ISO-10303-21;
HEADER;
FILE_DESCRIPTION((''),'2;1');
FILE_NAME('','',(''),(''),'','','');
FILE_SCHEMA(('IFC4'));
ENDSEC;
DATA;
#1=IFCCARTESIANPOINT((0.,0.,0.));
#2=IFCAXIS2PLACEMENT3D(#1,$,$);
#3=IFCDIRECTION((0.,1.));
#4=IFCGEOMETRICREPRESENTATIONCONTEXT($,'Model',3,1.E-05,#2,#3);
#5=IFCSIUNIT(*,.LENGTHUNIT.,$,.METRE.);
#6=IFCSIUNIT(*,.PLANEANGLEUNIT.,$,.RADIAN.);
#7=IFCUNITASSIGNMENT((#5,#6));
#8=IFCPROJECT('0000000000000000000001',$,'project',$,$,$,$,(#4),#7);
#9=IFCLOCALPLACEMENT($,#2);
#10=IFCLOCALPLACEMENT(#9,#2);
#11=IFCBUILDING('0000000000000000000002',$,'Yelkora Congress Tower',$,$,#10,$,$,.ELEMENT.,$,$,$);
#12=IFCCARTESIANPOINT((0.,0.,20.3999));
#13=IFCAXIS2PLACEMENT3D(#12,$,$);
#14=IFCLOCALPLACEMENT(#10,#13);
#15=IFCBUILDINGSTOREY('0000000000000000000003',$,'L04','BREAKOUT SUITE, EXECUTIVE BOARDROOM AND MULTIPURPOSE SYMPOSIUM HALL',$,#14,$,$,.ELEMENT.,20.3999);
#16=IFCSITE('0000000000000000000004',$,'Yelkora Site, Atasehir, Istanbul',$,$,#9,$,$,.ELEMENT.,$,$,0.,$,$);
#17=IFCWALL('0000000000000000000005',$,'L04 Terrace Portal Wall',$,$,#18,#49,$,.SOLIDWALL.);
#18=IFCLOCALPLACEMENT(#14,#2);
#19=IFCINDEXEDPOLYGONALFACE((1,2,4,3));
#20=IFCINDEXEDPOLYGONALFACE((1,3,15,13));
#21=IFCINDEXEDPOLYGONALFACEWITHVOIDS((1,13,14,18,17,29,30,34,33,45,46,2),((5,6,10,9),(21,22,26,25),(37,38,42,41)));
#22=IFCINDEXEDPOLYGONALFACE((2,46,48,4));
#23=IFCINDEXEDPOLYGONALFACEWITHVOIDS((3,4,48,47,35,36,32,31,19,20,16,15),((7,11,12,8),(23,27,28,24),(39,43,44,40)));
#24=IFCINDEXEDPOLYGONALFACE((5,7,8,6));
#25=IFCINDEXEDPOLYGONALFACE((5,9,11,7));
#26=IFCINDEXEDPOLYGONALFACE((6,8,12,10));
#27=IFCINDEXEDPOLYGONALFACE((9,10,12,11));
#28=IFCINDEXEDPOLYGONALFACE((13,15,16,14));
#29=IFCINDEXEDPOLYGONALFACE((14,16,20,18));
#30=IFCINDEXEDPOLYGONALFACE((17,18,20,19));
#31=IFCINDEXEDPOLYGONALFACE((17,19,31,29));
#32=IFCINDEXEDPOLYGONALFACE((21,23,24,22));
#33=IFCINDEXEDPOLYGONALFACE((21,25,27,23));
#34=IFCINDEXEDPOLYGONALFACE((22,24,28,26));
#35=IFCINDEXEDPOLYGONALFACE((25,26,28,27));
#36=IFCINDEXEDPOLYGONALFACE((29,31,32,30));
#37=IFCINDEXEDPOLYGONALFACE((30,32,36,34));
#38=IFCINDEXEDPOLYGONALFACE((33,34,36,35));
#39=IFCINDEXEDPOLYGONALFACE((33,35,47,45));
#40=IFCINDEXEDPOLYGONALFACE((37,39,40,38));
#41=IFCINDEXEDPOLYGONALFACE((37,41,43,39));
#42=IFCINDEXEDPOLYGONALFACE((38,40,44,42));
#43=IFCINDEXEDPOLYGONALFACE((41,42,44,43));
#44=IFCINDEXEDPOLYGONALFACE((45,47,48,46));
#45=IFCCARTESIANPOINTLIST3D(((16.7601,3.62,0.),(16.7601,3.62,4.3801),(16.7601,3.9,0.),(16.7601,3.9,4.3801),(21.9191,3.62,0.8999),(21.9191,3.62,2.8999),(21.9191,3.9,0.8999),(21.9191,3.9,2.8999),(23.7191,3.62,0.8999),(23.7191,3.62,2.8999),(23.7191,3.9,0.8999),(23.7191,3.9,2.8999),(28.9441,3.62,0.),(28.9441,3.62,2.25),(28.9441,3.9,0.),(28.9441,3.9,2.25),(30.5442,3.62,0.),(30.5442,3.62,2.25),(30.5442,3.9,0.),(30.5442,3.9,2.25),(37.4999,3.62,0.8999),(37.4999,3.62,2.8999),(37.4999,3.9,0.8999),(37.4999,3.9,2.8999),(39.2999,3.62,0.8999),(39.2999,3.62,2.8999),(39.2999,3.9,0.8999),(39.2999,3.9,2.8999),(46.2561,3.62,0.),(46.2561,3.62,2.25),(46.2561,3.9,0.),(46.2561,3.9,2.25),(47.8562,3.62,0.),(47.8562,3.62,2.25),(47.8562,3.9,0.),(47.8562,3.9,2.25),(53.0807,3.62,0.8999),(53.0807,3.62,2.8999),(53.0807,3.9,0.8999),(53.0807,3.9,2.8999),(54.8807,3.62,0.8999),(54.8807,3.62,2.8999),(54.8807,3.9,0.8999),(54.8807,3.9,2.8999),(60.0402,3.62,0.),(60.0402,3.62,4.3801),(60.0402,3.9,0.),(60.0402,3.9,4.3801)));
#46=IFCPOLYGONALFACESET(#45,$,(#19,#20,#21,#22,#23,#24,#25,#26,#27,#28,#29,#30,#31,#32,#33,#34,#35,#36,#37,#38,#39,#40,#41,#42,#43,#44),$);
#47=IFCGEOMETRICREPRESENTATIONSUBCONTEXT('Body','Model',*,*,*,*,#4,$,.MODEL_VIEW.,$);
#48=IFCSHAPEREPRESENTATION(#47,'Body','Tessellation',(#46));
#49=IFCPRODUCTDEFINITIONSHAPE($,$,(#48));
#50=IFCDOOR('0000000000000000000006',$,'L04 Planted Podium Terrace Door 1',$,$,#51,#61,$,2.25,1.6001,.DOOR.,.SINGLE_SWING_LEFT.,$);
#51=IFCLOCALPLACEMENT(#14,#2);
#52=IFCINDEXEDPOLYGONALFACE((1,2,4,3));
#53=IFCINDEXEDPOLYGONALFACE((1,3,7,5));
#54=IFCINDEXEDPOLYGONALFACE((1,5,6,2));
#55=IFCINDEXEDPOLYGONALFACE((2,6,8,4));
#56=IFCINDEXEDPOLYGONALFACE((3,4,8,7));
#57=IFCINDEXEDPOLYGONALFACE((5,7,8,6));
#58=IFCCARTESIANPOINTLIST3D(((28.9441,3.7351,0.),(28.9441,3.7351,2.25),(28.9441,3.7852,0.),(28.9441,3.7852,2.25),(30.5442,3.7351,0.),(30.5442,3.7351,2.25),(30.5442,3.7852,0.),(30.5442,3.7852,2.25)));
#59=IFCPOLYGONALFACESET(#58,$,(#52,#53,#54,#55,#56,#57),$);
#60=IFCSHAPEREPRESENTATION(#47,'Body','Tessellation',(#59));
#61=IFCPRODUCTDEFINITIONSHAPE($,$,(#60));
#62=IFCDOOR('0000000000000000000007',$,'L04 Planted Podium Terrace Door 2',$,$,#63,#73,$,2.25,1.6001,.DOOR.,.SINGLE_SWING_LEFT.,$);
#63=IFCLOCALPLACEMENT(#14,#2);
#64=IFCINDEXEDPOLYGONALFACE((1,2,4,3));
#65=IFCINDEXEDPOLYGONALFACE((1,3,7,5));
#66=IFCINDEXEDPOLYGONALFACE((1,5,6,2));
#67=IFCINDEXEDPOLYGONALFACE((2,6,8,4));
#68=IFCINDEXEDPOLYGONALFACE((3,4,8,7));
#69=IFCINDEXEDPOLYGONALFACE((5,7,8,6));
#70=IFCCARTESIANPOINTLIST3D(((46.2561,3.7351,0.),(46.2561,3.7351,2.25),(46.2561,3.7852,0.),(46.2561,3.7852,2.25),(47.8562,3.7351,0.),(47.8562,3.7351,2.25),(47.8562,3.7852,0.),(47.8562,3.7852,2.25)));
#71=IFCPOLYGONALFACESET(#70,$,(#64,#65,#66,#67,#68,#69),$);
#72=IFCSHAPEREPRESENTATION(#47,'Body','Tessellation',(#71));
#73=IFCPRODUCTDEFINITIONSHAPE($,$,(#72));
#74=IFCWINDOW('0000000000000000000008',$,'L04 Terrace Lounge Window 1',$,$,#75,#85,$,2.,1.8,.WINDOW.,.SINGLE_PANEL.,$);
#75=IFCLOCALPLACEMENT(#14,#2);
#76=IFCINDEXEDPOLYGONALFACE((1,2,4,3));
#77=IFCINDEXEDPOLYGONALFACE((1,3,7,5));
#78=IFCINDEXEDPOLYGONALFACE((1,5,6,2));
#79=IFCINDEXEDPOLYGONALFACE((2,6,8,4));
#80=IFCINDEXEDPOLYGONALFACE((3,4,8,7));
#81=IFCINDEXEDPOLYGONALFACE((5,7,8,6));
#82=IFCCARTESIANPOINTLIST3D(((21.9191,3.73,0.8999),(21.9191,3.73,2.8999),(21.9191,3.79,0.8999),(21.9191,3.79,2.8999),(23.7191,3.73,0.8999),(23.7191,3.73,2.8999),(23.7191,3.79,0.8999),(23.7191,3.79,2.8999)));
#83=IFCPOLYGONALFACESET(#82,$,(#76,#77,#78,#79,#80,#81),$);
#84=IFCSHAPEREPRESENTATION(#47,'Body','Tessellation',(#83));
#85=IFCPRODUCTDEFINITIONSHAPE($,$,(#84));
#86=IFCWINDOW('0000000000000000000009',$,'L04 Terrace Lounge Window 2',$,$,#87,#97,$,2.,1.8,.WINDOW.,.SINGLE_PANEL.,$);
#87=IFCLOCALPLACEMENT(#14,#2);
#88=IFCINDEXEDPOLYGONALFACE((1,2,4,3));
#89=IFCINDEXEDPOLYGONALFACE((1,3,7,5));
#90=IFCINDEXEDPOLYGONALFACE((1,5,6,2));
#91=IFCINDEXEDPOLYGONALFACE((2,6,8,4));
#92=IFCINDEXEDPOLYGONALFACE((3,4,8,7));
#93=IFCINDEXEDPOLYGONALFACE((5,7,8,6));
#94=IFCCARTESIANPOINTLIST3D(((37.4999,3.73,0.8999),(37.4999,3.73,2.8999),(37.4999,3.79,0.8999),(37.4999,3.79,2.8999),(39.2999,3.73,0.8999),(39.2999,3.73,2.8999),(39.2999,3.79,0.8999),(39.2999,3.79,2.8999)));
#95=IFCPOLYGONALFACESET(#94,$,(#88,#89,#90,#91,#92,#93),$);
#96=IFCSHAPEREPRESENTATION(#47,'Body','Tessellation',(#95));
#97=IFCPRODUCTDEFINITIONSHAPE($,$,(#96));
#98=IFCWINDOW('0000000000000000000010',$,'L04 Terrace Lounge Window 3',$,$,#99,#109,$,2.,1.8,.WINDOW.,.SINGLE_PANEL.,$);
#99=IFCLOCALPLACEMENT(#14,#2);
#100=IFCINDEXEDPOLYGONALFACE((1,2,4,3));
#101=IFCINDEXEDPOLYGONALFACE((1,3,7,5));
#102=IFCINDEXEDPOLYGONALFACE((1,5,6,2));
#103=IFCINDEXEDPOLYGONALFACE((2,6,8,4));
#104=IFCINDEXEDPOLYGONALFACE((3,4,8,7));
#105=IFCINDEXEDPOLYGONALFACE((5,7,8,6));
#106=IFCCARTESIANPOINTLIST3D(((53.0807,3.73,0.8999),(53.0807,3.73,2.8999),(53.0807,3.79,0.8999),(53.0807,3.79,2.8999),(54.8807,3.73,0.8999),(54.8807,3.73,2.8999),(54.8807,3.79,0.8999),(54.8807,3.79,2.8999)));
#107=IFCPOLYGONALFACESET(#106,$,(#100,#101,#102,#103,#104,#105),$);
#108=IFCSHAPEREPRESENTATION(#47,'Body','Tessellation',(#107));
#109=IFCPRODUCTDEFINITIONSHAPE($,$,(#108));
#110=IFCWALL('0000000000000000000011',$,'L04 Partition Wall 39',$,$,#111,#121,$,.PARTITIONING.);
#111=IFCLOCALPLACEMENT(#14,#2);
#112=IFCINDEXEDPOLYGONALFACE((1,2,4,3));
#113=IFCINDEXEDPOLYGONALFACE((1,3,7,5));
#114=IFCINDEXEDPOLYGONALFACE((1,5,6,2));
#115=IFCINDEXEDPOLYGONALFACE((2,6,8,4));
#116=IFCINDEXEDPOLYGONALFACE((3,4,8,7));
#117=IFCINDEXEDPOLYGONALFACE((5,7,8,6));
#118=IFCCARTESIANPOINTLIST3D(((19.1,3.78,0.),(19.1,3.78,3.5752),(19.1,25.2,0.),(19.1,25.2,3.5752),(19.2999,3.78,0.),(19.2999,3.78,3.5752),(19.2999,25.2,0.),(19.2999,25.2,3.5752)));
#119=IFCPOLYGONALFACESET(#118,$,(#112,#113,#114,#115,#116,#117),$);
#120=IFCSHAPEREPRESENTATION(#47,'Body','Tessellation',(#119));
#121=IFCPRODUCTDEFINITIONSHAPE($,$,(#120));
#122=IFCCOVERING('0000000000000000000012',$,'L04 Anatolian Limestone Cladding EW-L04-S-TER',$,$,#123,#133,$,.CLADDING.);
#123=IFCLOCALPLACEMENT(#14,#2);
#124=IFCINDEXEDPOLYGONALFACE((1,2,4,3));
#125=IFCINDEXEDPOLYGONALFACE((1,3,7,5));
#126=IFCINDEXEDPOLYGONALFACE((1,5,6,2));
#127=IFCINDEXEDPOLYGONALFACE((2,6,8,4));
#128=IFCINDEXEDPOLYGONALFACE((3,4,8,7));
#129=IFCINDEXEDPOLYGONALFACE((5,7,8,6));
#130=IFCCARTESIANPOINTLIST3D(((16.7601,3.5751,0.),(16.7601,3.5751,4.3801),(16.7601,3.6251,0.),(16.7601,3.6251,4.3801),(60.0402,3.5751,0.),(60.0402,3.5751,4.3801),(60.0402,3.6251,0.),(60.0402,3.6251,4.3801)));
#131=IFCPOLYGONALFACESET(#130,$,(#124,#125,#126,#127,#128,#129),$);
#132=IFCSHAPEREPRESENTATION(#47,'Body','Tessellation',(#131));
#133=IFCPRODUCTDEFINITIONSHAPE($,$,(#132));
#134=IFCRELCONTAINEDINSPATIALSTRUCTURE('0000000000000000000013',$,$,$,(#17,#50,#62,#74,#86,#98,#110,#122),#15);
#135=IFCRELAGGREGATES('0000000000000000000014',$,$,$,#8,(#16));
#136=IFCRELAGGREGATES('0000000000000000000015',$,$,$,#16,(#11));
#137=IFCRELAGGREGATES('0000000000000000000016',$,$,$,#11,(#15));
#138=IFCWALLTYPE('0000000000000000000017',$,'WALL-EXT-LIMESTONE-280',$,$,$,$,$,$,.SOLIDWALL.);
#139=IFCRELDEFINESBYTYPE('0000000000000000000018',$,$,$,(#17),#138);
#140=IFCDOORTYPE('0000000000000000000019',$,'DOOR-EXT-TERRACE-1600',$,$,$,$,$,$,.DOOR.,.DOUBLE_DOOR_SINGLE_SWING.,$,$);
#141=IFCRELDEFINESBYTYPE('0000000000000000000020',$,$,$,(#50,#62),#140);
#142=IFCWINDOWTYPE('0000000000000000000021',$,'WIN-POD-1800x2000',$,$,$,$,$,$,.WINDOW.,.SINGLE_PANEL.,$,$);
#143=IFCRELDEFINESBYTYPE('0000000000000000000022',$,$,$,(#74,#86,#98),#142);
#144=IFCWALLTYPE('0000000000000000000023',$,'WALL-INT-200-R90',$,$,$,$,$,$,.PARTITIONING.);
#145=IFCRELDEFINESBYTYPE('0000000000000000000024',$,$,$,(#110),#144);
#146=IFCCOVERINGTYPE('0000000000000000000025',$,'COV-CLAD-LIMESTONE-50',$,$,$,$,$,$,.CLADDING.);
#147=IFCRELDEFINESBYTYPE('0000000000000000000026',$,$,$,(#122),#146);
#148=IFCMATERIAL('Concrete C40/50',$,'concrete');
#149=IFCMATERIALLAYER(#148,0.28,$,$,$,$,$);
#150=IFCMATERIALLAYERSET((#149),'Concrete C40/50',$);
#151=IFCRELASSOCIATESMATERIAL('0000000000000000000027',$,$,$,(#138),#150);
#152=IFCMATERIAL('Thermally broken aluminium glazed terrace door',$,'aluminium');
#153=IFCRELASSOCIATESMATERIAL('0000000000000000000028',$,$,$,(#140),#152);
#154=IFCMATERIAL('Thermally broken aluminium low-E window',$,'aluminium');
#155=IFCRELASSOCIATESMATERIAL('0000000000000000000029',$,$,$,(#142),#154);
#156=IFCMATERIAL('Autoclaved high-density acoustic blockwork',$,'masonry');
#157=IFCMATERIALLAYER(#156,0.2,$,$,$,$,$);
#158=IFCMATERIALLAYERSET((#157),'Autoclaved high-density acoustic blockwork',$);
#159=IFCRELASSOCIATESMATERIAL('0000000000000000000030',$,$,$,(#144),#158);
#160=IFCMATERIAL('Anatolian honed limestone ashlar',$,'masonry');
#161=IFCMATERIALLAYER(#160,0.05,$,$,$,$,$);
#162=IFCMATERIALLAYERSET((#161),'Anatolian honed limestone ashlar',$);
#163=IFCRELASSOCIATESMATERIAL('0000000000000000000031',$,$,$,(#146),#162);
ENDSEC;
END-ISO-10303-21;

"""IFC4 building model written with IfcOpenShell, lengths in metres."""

from ifc_helpers import new_model, si_unit, direction, frame, frame_2d, origin, place, context, subcontext, project, spatial, rectangle, extrude, material, layer, layer_set, type_object, element, fill, save


model = new_model("IFC4")

# Units and contexts
model_context = context("Model", 3, precision=1e-05, world=origin(), true_north=direction((0.0, 1.0)))
body_context = subcontext(model_context, "Body", "Model", "MODEL_VIEW")
ifc_project = project(units=[si_unit("LENGTHUNIT", "METRE"), si_unit("PLANEANGLEUNIT", "RADIAN")], contexts=[model_context])

# Site, building, storey
site_placement = place(None, origin())
site = spatial("IfcSite", under=ifc_project, at=site_placement, Name="Yelkora Site, Atasehir, Istanbul", CompositionType="ELEMENT", RefElevation=0.0)
building_placement = place(site_placement, origin())
building = spatial("IfcBuilding", under=site, at=building_placement, Name="Yelkora Congress Tower", CompositionType="ELEMENT")
storey_placement = place(building_placement, frame((0.0, 0.0, 20.3999)))
storey = spatial("IfcBuildingStorey", under=building, at=storey_placement, Name="L04", Description="BREAKOUT SUITE, EXECUTIVE BOARDROOM AND MULTIPURPOSE SYMPOSIUM HALL", CompositionType="ELEMENT", Elevation=20.3999)

# Wall, openings, doors, windows
ifc_material_1 = material(Name="Concrete C40/50", Category="concrete")
ifc_layer_1 = layer(ifc_material_1, 0.28)
ifc_layer_set_1 = layer_set([ifc_layer_1], Name="Concrete C40/50")
wall_type_1 = type_object("IfcWallType", Name="WALL-EXT-LIMESTONE-280", PredefinedType="SOLIDWALL", material=ifc_layer_set_1)
wall_1_placement = place(storey_placement, frame((16.76, 3.76, 0.0), z_axis=(0.0, 0.0, 1.0), x_axis=(1.0, 0.0, 0.0)))
wall_1 = element("IfcWall", 1, at=wall_1_placement, inside=storey, type_object=wall_type_1, Name="L04 Terrace Portal Wall", PredefinedType="SOLIDWALL", context=body_context, shape_type="SweptSolid", body=[
    extrude(rectangle(XDim=43.28, YDim=0.28, at=frame_2d((21.6401, 0.0))), origin(), (0.0, 0.0, 1.0), 4.3801),
])
opening_1_placement = place(wall_1_placement, frame((12.1841, 0.0, 0.0)))
opening_1 = element("IfcOpeningElement", 2, at=opening_1_placement, cuts=wall_1, PredefinedType="OPENING", context=body_context, shape_type="SweptSolid", body=[
    extrude(rectangle(XDim=1.6001, YDim=2.25, at=frame_2d((0.8, 1.125))), frame((0.0, 0.1499, 0.0), z_axis=(0.0, -1.0, 0.0), x_axis=(1.0, 0.0, 0.0)), (0.0, 0.0, 1.0), 0.3),
])
opening_2_placement = place(wall_1_placement, frame((29.4961, 0.0, 0.0)))
opening_2 = element("IfcOpeningElement", 3, at=opening_2_placement, cuts=wall_1, PredefinedType="OPENING", context=body_context, shape_type="SweptSolid", body=[
    extrude(rectangle(XDim=1.6001, YDim=2.25, at=frame_2d((0.8, 1.125))), frame((0.0, 0.1499, 0.0), z_axis=(0.0, -1.0, 0.0), x_axis=(1.0, 0.0, 0.0)), (0.0, 0.0, 1.0), 0.3),
])
opening_3_placement = place(wall_1_placement, frame((5.1592, 0.0, 0.8999)))
opening_3 = element("IfcOpeningElement", 4, at=opening_3_placement, cuts=wall_1, PredefinedType="OPENING", context=body_context, shape_type="SweptSolid", body=[
    extrude(rectangle(XDim=1.8, YDim=2.0, at=frame_2d((0.8999, 1.0))), frame((0.0, 0.1499, 0.0), z_axis=(0.0, -1.0, 0.0), x_axis=(1.0, 0.0, 0.0)), (0.0, 0.0, 1.0), 0.3),
])
opening_4_placement = place(wall_1_placement, frame((20.74, 0.0, 0.8999)))
opening_4 = element("IfcOpeningElement", 5, at=opening_4_placement, cuts=wall_1, PredefinedType="OPENING", context=body_context, shape_type="SweptSolid", body=[
    extrude(rectangle(XDim=1.8, YDim=2.0, at=frame_2d((0.8999, 1.0))), frame((0.0, 0.1499, 0.0), z_axis=(0.0, -1.0, 0.0), x_axis=(1.0, 0.0, 0.0)), (0.0, 0.0, 1.0), 0.3),
])
opening_5_placement = place(wall_1_placement, frame((36.3208, 0.0, 0.8999)))
opening_5 = element("IfcOpeningElement", 6, at=opening_5_placement, cuts=wall_1, PredefinedType="OPENING", context=body_context, shape_type="SweptSolid", body=[
    extrude(rectangle(XDim=1.8, YDim=2.0, at=frame_2d((0.8999, 1.0))), frame((0.0, 0.1499, 0.0), z_axis=(0.0, -1.0, 0.0), x_axis=(1.0, 0.0, 0.0)), (0.0, 0.0, 1.0), 0.3),
])
ifc_material_2 = material(Name="Thermally broken aluminium glazed terrace door", Category="aluminium")
door_type = type_object("IfcDoorType", Name="DOOR-EXT-TERRACE-1600", OperationType="DOUBLE_DOOR_SINGLE_SWING", PredefinedType="DOOR", material=ifc_material_2)
door_1_placement = place(opening_1_placement, frame((1.6001, 0.0, 0.0), z_axis=(0.0, 0.0, 1.0), x_axis=(-1.0, 0.0, 0.0)))
door_1 = element("IfcDoor", 7, at=door_1_placement, inside=storey, type_object=door_type, Name="L04 Planted Podium Terrace Door 1", OperationType="SINGLE_SWING_LEFT", OverallHeight=2.25, OverallWidth=1.6001, PredefinedType="DOOR", context=body_context, shape_type="SweptSolid", body=[
    extrude(rectangle(XDim=1.6001, YDim=2.25, at=frame_2d((0.8, 1.125))), frame((0.0, 0.0249, 0.0), z_axis=(0.0, -1.0, 0.0), x_axis=(1.0, 0.0, 0.0)), (0.0, 0.0, 1.0), 0.05),
])
fill(opening_1, door_1)
door_2_placement = place(opening_2_placement, frame((1.6001, 0.0, 0.0), z_axis=(0.0, 0.0, 1.0), x_axis=(-1.0, 0.0, 0.0)))
door_2 = element("IfcDoor", 8, at=door_2_placement, inside=storey, type_object=door_type, Name="L04 Planted Podium Terrace Door 2", OperationType="SINGLE_SWING_LEFT", OverallHeight=2.25, OverallWidth=1.6001, PredefinedType="DOOR", context=body_context, shape_type="SweptSolid", body=[
    extrude(rectangle(XDim=1.6001, YDim=2.25, at=frame_2d((0.8, 1.125))), frame((0.0, 0.0249, 0.0), z_axis=(0.0, -1.0, 0.0), x_axis=(1.0, 0.0, 0.0)), (0.0, 0.0, 1.0), 0.05),
])
fill(opening_2, door_2)
ifc_material_3 = material(Name="Thermally broken aluminium low-E window", Category="aluminium")
window_type = type_object("IfcWindowType", Name="WIN-POD-1800x2000", PartitioningType="SINGLE_PANEL", PredefinedType="WINDOW", material=ifc_material_3)
window_1_placement = place(opening_3_placement, origin())
window_1 = element("IfcWindow", 9, at=window_1_placement, inside=storey, type_object=window_type, Name="L04 Terrace Lounge Window 1", OverallHeight=2.0, OverallWidth=1.8, PartitioningType="SINGLE_PANEL", PredefinedType="WINDOW", context=body_context, shape_type="SweptSolid", body=[
    extrude(rectangle(XDim=1.8, YDim=2.0, at=frame_2d((0.8999, 1.0))), frame((0.0, 0.03, 0.0), z_axis=(0.0, -1.0, 0.0), x_axis=(1.0, 0.0, 0.0)), (0.0, 0.0, 1.0), 0.0601),
])
fill(opening_3, window_1)
window_2_placement = place(opening_4_placement, origin())
window_2 = element("IfcWindow", 10, at=window_2_placement, inside=storey, type_object=window_type, Name="L04 Terrace Lounge Window 2", OverallHeight=2.0, OverallWidth=1.8, PartitioningType="SINGLE_PANEL", PredefinedType="WINDOW", context=body_context, shape_type="SweptSolid", body=[
    extrude(rectangle(XDim=1.8, YDim=2.0, at=frame_2d((0.8999, 1.0))), frame((0.0, 0.03, 0.0), z_axis=(0.0, -1.0, 0.0), x_axis=(1.0, 0.0, 0.0)), (0.0, 0.0, 1.0), 0.0601),
])
fill(opening_4, window_2)
window_3_placement = place(opening_5_placement, origin())
window_3 = element("IfcWindow", 11, at=window_3_placement, inside=storey, type_object=window_type, Name="L04 Terrace Lounge Window 3", OverallHeight=2.0, OverallWidth=1.8, PartitioningType="SINGLE_PANEL", PredefinedType="WINDOW", context=body_context, shape_type="SweptSolid", body=[
    extrude(rectangle(XDim=1.8, YDim=2.0, at=frame_2d((0.8999, 1.0))), frame((0.0, 0.03, 0.0), z_axis=(0.0, -1.0, 0.0), x_axis=(1.0, 0.0, 0.0)), (0.0, 0.0, 1.0), 0.0601),
])
fill(opening_5, window_3)

# Wall
ifc_material_4 = material(Name="Autoclaved high-density acoustic blockwork", Category="masonry")
ifc_layer_2 = layer(ifc_material_4, 0.2)
ifc_layer_set_2 = layer_set([ifc_layer_2], Name="Autoclaved high-density acoustic blockwork")
wall_type_2 = type_object("IfcWallType", Name="WALL-INT-200-R90", PredefinedType="PARTITIONING", material=ifc_layer_set_2)
wall_2_placement = place(storey_placement, frame((19.2, 3.78, 0.0), z_axis=(0.0, 0.0, 1.0), x_axis=(0.0, 1.0, 0.0)))
element("IfcWall", 12, at=wall_2_placement, inside=storey, type_object=wall_type_2, Name="L04 Partition Wall 39", PredefinedType="PARTITIONING", context=body_context, shape_type="SweptSolid", body=[
    extrude(rectangle(XDim=21.4199, YDim=0.2, at=frame_2d((10.71, 0.0))), origin(), (0.0, 0.0, 1.0), 3.5752),
])

# Covering
ifc_material_5 = material(Name="Anatolian honed limestone ashlar", Category="masonry")
ifc_layer_3 = layer(ifc_material_5, 0.05)
ifc_layer_set_3 = layer_set([ifc_layer_3], Name="Anatolian honed limestone ashlar")
covering_type = type_object("IfcCoveringType", Name="COV-CLAD-LIMESTONE-50", PredefinedType="CLADDING", material=ifc_layer_set_3)
covering_placement = place(storey_placement, frame((16.76, 3.6001, 0.0), z_axis=(0.0, 0.0, 1.0), x_axis=(1.0, 0.0, 0.0)))
element("IfcCovering", 13, at=covering_placement, inside=storey, type_object=covering_type, Name="L04 Anatolian Limestone Cladding EW-L04-S-TER", PredefinedType="CLADDING", context=body_context, shape_type="SweptSolid", body=[
    extrude(rectangle(XDim=43.28, YDim=0.05, at=frame_2d((21.6401, 0.0))), origin(), (0.0, 0.0, 1.0), 4.3801),
])

save(model, "model.ifc")
